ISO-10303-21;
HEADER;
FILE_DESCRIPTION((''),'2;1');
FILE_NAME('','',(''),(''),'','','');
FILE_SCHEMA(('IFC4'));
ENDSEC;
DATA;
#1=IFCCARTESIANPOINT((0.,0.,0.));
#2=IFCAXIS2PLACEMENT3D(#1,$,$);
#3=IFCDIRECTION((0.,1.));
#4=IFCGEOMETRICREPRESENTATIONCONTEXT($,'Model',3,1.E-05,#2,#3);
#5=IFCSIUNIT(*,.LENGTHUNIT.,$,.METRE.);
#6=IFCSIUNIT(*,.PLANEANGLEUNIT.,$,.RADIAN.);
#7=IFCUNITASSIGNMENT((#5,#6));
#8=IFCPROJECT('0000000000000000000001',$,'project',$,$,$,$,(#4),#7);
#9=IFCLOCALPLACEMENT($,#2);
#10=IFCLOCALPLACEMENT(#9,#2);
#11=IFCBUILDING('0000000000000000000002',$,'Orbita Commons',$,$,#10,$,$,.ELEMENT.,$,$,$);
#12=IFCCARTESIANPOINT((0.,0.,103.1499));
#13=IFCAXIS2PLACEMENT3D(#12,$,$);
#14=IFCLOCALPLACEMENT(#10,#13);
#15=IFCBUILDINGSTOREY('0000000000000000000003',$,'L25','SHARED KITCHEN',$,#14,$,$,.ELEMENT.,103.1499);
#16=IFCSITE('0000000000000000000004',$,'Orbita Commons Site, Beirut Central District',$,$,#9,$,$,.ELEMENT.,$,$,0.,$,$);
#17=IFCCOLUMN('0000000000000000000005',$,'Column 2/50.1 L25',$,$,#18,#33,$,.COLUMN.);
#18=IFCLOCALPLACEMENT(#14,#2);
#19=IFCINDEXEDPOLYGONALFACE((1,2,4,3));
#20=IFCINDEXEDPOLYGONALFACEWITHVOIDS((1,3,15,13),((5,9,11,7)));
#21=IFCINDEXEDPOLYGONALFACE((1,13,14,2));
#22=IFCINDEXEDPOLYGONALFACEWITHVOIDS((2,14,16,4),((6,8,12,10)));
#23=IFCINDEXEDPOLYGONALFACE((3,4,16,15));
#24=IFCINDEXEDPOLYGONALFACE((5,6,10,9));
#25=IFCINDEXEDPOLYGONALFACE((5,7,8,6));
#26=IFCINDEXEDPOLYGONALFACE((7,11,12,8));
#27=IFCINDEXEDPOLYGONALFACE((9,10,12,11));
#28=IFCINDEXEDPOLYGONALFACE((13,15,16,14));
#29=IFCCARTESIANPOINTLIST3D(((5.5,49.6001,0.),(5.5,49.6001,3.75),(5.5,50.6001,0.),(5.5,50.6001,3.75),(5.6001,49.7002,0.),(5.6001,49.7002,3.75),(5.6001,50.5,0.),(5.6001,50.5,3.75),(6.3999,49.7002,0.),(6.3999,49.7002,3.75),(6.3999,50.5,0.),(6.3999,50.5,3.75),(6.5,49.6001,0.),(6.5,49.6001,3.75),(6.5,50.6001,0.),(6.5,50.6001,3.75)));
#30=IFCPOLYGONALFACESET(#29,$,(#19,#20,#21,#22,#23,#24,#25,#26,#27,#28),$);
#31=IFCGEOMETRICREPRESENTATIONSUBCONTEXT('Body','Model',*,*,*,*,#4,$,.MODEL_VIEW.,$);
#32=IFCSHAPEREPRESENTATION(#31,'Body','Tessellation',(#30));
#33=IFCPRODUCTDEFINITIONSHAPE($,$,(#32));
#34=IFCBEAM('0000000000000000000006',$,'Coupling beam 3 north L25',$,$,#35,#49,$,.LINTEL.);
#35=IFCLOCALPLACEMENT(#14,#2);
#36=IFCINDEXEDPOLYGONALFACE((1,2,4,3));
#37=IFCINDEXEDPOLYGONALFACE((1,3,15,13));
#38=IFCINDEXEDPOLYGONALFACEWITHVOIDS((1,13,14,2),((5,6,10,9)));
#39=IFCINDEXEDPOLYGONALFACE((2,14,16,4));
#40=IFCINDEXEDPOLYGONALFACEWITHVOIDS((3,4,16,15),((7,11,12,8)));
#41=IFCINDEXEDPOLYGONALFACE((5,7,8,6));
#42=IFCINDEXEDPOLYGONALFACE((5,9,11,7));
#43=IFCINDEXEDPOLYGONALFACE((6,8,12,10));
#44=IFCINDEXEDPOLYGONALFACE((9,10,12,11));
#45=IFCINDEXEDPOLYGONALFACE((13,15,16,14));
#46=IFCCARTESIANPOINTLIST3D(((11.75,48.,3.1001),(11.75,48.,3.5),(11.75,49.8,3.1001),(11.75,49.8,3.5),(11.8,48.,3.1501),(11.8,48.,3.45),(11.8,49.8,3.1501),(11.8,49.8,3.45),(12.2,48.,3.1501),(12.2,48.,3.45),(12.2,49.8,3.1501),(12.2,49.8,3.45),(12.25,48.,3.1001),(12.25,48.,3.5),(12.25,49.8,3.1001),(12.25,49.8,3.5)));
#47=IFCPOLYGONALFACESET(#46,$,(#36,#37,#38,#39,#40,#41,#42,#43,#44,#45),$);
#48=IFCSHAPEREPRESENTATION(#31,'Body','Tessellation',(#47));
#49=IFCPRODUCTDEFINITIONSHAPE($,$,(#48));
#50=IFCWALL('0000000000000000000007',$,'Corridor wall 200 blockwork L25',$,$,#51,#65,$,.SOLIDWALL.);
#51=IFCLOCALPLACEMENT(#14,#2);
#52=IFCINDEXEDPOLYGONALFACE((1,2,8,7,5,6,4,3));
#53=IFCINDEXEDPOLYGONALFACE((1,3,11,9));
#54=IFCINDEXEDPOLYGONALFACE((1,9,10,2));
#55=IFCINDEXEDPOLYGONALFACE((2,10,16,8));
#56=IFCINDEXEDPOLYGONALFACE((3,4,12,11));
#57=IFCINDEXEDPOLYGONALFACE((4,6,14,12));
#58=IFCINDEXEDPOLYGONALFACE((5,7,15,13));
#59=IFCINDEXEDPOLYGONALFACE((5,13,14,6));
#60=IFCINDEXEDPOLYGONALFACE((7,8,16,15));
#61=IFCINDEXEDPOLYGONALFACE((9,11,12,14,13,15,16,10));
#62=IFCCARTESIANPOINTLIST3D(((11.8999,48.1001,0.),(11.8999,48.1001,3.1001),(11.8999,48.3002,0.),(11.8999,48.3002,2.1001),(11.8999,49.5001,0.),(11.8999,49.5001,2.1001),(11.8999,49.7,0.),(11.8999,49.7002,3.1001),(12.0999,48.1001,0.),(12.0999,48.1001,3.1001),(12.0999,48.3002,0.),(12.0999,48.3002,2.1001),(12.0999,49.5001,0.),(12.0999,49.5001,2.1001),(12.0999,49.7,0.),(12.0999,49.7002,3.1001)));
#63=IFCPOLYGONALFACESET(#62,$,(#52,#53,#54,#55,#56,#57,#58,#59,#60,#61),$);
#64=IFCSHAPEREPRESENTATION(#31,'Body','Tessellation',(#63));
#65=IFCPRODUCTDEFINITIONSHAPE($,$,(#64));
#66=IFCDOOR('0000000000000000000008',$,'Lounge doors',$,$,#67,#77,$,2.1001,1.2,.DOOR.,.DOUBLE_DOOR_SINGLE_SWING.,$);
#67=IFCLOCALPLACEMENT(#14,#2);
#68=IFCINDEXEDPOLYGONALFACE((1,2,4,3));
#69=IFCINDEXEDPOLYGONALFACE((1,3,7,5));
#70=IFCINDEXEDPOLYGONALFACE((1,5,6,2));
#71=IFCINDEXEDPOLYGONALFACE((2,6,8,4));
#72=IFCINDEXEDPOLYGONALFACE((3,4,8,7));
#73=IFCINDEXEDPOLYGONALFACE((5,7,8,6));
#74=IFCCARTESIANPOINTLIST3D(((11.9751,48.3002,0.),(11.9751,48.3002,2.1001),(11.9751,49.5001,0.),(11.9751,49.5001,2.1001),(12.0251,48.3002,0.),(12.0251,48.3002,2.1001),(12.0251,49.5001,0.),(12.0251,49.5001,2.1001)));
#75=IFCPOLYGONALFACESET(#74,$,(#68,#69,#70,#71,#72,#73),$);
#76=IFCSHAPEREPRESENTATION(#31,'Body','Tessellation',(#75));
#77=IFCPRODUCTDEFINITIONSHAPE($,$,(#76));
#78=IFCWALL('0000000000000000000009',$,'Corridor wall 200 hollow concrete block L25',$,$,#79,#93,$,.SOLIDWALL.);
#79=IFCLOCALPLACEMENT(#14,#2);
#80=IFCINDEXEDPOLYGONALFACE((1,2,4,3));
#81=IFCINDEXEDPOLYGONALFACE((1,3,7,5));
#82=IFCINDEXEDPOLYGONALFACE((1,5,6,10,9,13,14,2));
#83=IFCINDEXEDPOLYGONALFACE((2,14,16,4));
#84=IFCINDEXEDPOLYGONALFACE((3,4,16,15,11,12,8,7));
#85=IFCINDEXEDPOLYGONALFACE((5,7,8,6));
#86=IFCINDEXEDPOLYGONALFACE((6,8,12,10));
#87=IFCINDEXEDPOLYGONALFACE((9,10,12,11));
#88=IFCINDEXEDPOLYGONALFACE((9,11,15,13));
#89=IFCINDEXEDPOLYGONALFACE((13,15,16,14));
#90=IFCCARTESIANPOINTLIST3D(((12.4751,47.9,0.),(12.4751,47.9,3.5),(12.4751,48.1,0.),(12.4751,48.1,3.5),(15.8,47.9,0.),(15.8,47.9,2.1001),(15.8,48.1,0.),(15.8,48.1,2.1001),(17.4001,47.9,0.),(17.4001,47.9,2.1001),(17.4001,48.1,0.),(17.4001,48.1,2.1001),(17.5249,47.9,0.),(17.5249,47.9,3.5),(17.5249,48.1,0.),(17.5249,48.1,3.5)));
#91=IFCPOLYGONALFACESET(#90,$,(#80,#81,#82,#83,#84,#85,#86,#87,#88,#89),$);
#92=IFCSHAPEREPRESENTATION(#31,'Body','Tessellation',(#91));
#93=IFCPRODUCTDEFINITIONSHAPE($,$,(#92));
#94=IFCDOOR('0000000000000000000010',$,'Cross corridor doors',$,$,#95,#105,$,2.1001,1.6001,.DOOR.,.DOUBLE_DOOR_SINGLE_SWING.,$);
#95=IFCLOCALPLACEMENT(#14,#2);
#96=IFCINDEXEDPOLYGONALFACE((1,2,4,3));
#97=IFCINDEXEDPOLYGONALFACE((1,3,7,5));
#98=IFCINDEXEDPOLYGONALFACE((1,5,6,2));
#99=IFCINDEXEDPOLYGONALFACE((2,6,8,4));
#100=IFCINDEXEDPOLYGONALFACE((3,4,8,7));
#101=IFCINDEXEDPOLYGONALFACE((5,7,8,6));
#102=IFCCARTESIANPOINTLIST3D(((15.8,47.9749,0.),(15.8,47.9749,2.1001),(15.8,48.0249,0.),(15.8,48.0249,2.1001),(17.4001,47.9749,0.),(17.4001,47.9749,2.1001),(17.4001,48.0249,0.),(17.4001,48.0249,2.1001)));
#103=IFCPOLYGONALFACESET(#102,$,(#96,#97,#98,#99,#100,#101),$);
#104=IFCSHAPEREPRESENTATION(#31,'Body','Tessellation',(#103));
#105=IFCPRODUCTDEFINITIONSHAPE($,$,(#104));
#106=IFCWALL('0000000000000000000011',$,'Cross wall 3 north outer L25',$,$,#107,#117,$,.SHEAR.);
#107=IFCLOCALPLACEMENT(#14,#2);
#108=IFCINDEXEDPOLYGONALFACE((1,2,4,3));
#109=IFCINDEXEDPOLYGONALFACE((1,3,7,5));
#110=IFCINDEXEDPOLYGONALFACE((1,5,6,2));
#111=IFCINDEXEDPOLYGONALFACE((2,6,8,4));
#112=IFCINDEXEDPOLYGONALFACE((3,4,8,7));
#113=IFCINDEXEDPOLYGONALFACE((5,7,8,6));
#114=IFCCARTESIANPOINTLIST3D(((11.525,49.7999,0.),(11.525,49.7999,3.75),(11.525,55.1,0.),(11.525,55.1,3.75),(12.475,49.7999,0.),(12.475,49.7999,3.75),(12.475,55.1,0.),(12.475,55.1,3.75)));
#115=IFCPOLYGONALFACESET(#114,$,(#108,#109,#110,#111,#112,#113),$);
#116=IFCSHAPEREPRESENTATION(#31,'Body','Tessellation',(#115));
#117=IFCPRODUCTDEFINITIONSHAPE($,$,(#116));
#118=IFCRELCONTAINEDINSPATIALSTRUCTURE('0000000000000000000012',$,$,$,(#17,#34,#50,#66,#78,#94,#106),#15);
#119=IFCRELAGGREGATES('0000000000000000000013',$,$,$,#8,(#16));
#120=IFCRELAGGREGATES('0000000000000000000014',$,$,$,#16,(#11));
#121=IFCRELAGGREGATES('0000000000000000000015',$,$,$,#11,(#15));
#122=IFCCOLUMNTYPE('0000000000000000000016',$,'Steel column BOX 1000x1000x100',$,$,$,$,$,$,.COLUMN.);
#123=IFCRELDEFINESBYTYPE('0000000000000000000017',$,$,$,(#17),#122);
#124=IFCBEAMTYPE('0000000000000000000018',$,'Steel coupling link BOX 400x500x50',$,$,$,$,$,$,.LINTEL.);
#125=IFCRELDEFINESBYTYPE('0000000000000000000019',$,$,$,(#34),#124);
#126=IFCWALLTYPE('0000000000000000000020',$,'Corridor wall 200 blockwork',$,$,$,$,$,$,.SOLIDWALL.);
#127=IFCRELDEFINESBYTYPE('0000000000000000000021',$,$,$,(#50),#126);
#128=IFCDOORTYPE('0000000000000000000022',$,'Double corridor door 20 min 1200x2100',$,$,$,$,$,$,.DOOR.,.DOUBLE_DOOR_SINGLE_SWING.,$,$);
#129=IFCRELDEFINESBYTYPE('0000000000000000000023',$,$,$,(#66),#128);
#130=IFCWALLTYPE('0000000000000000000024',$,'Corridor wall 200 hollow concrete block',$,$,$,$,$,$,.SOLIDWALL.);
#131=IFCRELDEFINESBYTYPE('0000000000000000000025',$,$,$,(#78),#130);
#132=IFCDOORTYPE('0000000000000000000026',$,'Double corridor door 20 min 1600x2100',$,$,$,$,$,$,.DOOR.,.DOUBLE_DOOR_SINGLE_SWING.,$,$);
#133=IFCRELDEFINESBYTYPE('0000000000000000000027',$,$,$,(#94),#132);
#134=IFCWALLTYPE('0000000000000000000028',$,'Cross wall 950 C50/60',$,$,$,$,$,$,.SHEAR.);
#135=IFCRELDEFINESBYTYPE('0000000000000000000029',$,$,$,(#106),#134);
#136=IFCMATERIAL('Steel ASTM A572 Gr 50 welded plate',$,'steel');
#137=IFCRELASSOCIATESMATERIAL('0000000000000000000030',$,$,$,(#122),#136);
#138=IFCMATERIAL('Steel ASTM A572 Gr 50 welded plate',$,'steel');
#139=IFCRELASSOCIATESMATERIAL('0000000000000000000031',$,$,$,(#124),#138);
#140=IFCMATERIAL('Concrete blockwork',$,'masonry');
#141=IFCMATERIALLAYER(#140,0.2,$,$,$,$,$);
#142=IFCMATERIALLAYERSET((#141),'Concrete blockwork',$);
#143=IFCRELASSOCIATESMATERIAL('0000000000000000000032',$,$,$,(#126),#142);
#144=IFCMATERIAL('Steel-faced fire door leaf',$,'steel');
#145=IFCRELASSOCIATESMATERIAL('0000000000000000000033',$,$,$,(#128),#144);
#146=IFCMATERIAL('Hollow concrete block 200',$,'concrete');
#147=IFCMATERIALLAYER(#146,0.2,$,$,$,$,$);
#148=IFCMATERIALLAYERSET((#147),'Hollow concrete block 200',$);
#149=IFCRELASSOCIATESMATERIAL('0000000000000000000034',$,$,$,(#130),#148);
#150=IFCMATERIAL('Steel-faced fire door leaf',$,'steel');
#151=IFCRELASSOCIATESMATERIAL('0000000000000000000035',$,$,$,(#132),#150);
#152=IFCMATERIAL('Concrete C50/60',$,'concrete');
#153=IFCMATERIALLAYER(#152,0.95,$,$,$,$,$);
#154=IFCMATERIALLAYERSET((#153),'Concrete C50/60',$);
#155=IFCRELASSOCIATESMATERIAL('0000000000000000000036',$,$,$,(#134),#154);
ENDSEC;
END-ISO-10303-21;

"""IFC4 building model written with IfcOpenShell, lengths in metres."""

from ifc_helpers import new_model, si_unit, direction, frame, frame_2d, origin, origin_2d, place, context, subcontext, project, spatial, polyline, rectangle, hollow_rectangle, outline, extrude, material, layer, layer_set, material_profile, profile_set, type_object, element, fill, save


model = new_model("IFC4")

# Units and contexts
model_context = context("Model", 3, precision=1e-05, world=origin(), true_north=direction((0.0, 1.0)))
body_context = subcontext(model_context, "Body", "Model", "MODEL_VIEW")
ifc_project = project(units=[si_unit("LENGTHUNIT", "METRE"), si_unit("PLANEANGLEUNIT", "RADIAN")], contexts=[model_context])

# Site, building, storey
site_placement = place(None, origin())
site = spatial("IfcSite", under=ifc_project, at=site_placement, Name="Orbita Commons Site, Beirut Central District", CompositionType="ELEMENT", RefElevation=0.0)
building_placement = place(site_placement, origin())
building = spatial("IfcBuilding", under=site, at=building_placement, Name="Orbita Commons", CompositionType="ELEMENT")
storey_placement = place(building_placement, frame((0.0, 0.0, 103.1499)))
storey = spatial("IfcBuildingStorey", under=building, at=storey_placement, Name="L25", Description="SHARED KITCHEN", CompositionType="ELEMENT", Elevation=103.1499)

# Column
ifc_material_1 = material(Name="Steel ASTM A572 Gr 50 welded plate", Category="steel")
ifc_material_profile_1 = material_profile(ifc_material_1, hollow_rectangle(XDim=1.0, YDim=1.0, WallThickness=0.1001, at=origin_2d()), Name="BOX 1000x1000x100")
ifc_profile_set_1 = profile_set([ifc_material_profile_1], Name="Steel ASTM A572 Gr 50 welded plate")
column_type = type_object("IfcColumnType", Name="Steel column BOX 1000x1000x100", PredefinedType="COLUMN", material=ifc_profile_set_1)
column_placement = place(storey_placement, frame((6.0, 50.1001, 0.0), z_axis=(0.0, 0.0, 1.0), x_axis=(1.0, 0.0, 0.0)))
element("IfcColumn", 1, at=column_placement, inside=storey, type_object=column_type, Name="Column 2/50.1 L25", PredefinedType="COLUMN", context=body_context, shape_type="SweptSolid", body=[
    extrude(hollow_rectangle(XDim=1.0, YDim=1.0, WallThickness=0.1001, at=origin_2d()), origin(), (0.0, 0.0, 1.0), 3.75),
])

# Beam
ifc_material_2 = material(Name="Steel ASTM A572 Gr 50 welded plate", Category="steel")
ifc_material_profile_2 = material_profile(ifc_material_2, hollow_rectangle(XDim=0.5, YDim=0.3999, WallThickness=0.05, at=origin_2d()), Name="BOX 400x500x50")
ifc_profile_set_2 = profile_set([ifc_material_profile_2], Name="Steel ASTM A572 Gr 50 welded plate")
beam_type = type_object("IfcBeamType", Name="Steel coupling link BOX 400x500x50", PredefinedType="LINTEL", material=ifc_profile_set_2)
beam_placement = place(storey_placement, frame((12.0, 48.0, 3.3), z_axis=(0.0, 1.0, 0.0), x_axis=(-1.0, 0.0, 0.0)))
element("IfcBeam", 2, at=beam_placement, inside=storey, type_object=beam_type, Name="Coupling beam 3 north L25", PredefinedType="LINTEL", context=body_context, shape_type="SweptSolid", body=[
    extrude(hollow_rectangle(XDim=0.5, YDim=0.3999, WallThickness=0.05, at=origin_2d()), origin(), (0.0, 0.0, 1.0), 1.8),
])

# Walls, openings, doors
ifc_material_3 = material(Name="Concrete blockwork", Category="masonry")
ifc_layer_1 = layer(ifc_material_3, 0.2)
ifc_layer_set_1 = layer_set([ifc_layer_1], Name="Concrete blockwork")
wall_type_1 = type_object("IfcWallType", Name="Corridor wall 200 blockwork", PredefinedType="SOLIDWALL", material=ifc_layer_set_1)
wall_1_placement = place(storey_placement, frame((12.0, 48.1001, 0.0), z_axis=(0.0, 0.0, 1.0), x_axis=(0.0, 1.0, 0.0)))
wall_1 = element("IfcWall", 3, at=wall_1_placement, inside=storey, type_object=wall_type_1, Name="Corridor wall 200 blockwork L25", PredefinedType="SOLIDWALL", context=body_context, shape_type="SweptSolid", body=[
    extrude(outline(polyline([(0.0, 0.0), (1.5999, 0.0), (1.6001, 3.1001), (0.0, 3.1001), (0.0, 0.0)])), frame((0.0, 0.1001, 0.0), z_axis=(0.0, -1.0, 0.0), x_axis=(1.0, 0.0, 0.0)), (0.0, 0.0, 1.0), 0.2),
])
opening_1_placement = place(wall_1_placement, frame((0.2, 0.0, 0.0)))
opening_1 = element("IfcOpeningElement", 4, at=opening_1_placement, cuts=wall_1, PredefinedType="OPENING", context=body_context, shape_type="SweptSolid", body=[
    extrude(rectangle(XDim=1.2, YDim=2.1001, at=frame_2d((0.6001, 1.05))), frame((0.0, 0.1099, 0.0), z_axis=(0.0, -1.0, 0.0), x_axis=(1.0, 0.0, 0.0)), (0.0, 0.0, 1.0), 0.22),
])
ifc_material_4 = material(Name="Steel-faced fire door leaf", Category="steel")
door_type_1 = type_object("IfcDoorType", Name="Double corridor door 20 min 1200x2100", OperationType="DOUBLE_DOOR_SINGLE_SWING", PredefinedType="DOOR", material=ifc_material_4)
door_1_placement = place(opening_1_placement, origin())
door_1 = element("IfcDoor", 5, at=door_1_placement, inside=storey, type_object=door_type_1, Name="Lounge doors", OperationType="DOUBLE_DOOR_SINGLE_SWING", OverallHeight=2.1001, OverallWidth=1.2, PredefinedType="DOOR", context=body_context, shape_type="SweptSolid", body=[
    extrude(rectangle(XDim=1.2, YDim=2.1001, at=frame_2d((0.6001, 1.05))), frame((0.0, 0.0249, 0.0), z_axis=(0.0, -1.0, 0.0), x_axis=(1.0, 0.0, 0.0)), (0.0, 0.0, 1.0), 0.05),
])
fill(opening_1, door_1)
ifc_material_5 = material(Name="Hollow concrete block 200", Category="concrete")
ifc_layer_2 = layer(ifc_material_5, 0.2)
ifc_layer_set_2 = layer_set([ifc_layer_2], Name="Hollow concrete block 200")
wall_type_2 = type_object("IfcWallType", Name="Corridor wall 200 hollow concrete block", PredefinedType="SOLIDWALL", material=ifc_layer_set_2)
wall_2_placement = place(storey_placement, frame((12.4751, 48.0, 0.0), z_axis=(0.0, 0.0, 1.0), x_axis=(1.0, 0.0, 0.0)))
wall_2 = element("IfcWall", 6, at=wall_2_placement, inside=storey, type_object=wall_type_2, Name="Corridor wall 200 hollow concrete block L25", PredefinedType="SOLIDWALL", context=body_context, shape_type="SweptSolid", body=[
    extrude(rectangle(XDim=5.0498, YDim=0.2, at=frame_2d((2.5249, 0.0))), origin(), (0.0, 0.0, 1.0), 3.5),
])
opening_2_placement = place(wall_2_placement, frame((3.325, 0.0, 0.0)))
opening_2 = element("IfcOpeningElement", 7, at=opening_2_placement, cuts=wall_2, PredefinedType="OPENING", context=body_context, shape_type="SweptSolid", body=[
    extrude(rectangle(XDim=1.6001, YDim=2.1001, at=frame_2d((0.8, 1.05))), frame((0.0, 0.1099, 0.0), z_axis=(0.0, -1.0, 0.0), x_axis=(1.0, 0.0, 0.0)), (0.0, 0.0, 1.0), 0.22),
])
ifc_material_6 = material(Name="Steel-faced fire door leaf", Category="steel")
door_type_2 = type_object("IfcDoorType", Name="Double corridor door 20 min 1600x2100", OperationType="DOUBLE_DOOR_SINGLE_SWING", PredefinedType="DOOR", material=ifc_material_6)
door_2_placement = place(opening_2_placement, origin())
door_2 = element("IfcDoor", 8, at=door_2_placement, inside=storey, type_object=door_type_2, Name="Cross corridor doors", OperationType="DOUBLE_DOOR_SINGLE_SWING", OverallHeight=2.1001, OverallWidth=1.6001, PredefinedType="DOOR", context=body_context, shape_type="SweptSolid", body=[
    extrude(rectangle(XDim=1.6001, YDim=2.1001, at=frame_2d((0.8, 1.05))), frame((0.0, 0.0249, 0.0), z_axis=(0.0, -1.0, 0.0), x_axis=(1.0, 0.0, 0.0)), (0.0, 0.0, 1.0), 0.05),
])
fill(opening_2, door_2)

# Wall
ifc_material_7 = material(Name="Concrete C50/60", Category="concrete")
ifc_layer_3 = layer(ifc_material_7, 0.95)
ifc_layer_set_3 = layer_set([ifc_layer_3], Name="Concrete C50/60")
wall_type_3 = type_object("IfcWallType", Name="Cross wall 950 C50/60", PredefinedType="SHEAR", material=ifc_layer_set_3)
wall_3_placement = place(storey_placement, frame((12.0, 49.8, 0.0), z_axis=(0.0, 0.0, 1.0), x_axis=(0.0, 1.0, 0.0)))
element("IfcWall", 9, at=wall_3_placement, inside=storey, type_object=wall_type_3, Name="Cross wall 3 north outer L25", PredefinedType="SHEAR", context=body_context, shape_type="SweptSolid", body=[
    extrude(rectangle(XDim=5.3, YDim=0.95, at=frame_2d((2.6499, 0.0))), origin(), (0.0, 0.0, 1.0), 3.75),
])

save(model, "model.ifc")
